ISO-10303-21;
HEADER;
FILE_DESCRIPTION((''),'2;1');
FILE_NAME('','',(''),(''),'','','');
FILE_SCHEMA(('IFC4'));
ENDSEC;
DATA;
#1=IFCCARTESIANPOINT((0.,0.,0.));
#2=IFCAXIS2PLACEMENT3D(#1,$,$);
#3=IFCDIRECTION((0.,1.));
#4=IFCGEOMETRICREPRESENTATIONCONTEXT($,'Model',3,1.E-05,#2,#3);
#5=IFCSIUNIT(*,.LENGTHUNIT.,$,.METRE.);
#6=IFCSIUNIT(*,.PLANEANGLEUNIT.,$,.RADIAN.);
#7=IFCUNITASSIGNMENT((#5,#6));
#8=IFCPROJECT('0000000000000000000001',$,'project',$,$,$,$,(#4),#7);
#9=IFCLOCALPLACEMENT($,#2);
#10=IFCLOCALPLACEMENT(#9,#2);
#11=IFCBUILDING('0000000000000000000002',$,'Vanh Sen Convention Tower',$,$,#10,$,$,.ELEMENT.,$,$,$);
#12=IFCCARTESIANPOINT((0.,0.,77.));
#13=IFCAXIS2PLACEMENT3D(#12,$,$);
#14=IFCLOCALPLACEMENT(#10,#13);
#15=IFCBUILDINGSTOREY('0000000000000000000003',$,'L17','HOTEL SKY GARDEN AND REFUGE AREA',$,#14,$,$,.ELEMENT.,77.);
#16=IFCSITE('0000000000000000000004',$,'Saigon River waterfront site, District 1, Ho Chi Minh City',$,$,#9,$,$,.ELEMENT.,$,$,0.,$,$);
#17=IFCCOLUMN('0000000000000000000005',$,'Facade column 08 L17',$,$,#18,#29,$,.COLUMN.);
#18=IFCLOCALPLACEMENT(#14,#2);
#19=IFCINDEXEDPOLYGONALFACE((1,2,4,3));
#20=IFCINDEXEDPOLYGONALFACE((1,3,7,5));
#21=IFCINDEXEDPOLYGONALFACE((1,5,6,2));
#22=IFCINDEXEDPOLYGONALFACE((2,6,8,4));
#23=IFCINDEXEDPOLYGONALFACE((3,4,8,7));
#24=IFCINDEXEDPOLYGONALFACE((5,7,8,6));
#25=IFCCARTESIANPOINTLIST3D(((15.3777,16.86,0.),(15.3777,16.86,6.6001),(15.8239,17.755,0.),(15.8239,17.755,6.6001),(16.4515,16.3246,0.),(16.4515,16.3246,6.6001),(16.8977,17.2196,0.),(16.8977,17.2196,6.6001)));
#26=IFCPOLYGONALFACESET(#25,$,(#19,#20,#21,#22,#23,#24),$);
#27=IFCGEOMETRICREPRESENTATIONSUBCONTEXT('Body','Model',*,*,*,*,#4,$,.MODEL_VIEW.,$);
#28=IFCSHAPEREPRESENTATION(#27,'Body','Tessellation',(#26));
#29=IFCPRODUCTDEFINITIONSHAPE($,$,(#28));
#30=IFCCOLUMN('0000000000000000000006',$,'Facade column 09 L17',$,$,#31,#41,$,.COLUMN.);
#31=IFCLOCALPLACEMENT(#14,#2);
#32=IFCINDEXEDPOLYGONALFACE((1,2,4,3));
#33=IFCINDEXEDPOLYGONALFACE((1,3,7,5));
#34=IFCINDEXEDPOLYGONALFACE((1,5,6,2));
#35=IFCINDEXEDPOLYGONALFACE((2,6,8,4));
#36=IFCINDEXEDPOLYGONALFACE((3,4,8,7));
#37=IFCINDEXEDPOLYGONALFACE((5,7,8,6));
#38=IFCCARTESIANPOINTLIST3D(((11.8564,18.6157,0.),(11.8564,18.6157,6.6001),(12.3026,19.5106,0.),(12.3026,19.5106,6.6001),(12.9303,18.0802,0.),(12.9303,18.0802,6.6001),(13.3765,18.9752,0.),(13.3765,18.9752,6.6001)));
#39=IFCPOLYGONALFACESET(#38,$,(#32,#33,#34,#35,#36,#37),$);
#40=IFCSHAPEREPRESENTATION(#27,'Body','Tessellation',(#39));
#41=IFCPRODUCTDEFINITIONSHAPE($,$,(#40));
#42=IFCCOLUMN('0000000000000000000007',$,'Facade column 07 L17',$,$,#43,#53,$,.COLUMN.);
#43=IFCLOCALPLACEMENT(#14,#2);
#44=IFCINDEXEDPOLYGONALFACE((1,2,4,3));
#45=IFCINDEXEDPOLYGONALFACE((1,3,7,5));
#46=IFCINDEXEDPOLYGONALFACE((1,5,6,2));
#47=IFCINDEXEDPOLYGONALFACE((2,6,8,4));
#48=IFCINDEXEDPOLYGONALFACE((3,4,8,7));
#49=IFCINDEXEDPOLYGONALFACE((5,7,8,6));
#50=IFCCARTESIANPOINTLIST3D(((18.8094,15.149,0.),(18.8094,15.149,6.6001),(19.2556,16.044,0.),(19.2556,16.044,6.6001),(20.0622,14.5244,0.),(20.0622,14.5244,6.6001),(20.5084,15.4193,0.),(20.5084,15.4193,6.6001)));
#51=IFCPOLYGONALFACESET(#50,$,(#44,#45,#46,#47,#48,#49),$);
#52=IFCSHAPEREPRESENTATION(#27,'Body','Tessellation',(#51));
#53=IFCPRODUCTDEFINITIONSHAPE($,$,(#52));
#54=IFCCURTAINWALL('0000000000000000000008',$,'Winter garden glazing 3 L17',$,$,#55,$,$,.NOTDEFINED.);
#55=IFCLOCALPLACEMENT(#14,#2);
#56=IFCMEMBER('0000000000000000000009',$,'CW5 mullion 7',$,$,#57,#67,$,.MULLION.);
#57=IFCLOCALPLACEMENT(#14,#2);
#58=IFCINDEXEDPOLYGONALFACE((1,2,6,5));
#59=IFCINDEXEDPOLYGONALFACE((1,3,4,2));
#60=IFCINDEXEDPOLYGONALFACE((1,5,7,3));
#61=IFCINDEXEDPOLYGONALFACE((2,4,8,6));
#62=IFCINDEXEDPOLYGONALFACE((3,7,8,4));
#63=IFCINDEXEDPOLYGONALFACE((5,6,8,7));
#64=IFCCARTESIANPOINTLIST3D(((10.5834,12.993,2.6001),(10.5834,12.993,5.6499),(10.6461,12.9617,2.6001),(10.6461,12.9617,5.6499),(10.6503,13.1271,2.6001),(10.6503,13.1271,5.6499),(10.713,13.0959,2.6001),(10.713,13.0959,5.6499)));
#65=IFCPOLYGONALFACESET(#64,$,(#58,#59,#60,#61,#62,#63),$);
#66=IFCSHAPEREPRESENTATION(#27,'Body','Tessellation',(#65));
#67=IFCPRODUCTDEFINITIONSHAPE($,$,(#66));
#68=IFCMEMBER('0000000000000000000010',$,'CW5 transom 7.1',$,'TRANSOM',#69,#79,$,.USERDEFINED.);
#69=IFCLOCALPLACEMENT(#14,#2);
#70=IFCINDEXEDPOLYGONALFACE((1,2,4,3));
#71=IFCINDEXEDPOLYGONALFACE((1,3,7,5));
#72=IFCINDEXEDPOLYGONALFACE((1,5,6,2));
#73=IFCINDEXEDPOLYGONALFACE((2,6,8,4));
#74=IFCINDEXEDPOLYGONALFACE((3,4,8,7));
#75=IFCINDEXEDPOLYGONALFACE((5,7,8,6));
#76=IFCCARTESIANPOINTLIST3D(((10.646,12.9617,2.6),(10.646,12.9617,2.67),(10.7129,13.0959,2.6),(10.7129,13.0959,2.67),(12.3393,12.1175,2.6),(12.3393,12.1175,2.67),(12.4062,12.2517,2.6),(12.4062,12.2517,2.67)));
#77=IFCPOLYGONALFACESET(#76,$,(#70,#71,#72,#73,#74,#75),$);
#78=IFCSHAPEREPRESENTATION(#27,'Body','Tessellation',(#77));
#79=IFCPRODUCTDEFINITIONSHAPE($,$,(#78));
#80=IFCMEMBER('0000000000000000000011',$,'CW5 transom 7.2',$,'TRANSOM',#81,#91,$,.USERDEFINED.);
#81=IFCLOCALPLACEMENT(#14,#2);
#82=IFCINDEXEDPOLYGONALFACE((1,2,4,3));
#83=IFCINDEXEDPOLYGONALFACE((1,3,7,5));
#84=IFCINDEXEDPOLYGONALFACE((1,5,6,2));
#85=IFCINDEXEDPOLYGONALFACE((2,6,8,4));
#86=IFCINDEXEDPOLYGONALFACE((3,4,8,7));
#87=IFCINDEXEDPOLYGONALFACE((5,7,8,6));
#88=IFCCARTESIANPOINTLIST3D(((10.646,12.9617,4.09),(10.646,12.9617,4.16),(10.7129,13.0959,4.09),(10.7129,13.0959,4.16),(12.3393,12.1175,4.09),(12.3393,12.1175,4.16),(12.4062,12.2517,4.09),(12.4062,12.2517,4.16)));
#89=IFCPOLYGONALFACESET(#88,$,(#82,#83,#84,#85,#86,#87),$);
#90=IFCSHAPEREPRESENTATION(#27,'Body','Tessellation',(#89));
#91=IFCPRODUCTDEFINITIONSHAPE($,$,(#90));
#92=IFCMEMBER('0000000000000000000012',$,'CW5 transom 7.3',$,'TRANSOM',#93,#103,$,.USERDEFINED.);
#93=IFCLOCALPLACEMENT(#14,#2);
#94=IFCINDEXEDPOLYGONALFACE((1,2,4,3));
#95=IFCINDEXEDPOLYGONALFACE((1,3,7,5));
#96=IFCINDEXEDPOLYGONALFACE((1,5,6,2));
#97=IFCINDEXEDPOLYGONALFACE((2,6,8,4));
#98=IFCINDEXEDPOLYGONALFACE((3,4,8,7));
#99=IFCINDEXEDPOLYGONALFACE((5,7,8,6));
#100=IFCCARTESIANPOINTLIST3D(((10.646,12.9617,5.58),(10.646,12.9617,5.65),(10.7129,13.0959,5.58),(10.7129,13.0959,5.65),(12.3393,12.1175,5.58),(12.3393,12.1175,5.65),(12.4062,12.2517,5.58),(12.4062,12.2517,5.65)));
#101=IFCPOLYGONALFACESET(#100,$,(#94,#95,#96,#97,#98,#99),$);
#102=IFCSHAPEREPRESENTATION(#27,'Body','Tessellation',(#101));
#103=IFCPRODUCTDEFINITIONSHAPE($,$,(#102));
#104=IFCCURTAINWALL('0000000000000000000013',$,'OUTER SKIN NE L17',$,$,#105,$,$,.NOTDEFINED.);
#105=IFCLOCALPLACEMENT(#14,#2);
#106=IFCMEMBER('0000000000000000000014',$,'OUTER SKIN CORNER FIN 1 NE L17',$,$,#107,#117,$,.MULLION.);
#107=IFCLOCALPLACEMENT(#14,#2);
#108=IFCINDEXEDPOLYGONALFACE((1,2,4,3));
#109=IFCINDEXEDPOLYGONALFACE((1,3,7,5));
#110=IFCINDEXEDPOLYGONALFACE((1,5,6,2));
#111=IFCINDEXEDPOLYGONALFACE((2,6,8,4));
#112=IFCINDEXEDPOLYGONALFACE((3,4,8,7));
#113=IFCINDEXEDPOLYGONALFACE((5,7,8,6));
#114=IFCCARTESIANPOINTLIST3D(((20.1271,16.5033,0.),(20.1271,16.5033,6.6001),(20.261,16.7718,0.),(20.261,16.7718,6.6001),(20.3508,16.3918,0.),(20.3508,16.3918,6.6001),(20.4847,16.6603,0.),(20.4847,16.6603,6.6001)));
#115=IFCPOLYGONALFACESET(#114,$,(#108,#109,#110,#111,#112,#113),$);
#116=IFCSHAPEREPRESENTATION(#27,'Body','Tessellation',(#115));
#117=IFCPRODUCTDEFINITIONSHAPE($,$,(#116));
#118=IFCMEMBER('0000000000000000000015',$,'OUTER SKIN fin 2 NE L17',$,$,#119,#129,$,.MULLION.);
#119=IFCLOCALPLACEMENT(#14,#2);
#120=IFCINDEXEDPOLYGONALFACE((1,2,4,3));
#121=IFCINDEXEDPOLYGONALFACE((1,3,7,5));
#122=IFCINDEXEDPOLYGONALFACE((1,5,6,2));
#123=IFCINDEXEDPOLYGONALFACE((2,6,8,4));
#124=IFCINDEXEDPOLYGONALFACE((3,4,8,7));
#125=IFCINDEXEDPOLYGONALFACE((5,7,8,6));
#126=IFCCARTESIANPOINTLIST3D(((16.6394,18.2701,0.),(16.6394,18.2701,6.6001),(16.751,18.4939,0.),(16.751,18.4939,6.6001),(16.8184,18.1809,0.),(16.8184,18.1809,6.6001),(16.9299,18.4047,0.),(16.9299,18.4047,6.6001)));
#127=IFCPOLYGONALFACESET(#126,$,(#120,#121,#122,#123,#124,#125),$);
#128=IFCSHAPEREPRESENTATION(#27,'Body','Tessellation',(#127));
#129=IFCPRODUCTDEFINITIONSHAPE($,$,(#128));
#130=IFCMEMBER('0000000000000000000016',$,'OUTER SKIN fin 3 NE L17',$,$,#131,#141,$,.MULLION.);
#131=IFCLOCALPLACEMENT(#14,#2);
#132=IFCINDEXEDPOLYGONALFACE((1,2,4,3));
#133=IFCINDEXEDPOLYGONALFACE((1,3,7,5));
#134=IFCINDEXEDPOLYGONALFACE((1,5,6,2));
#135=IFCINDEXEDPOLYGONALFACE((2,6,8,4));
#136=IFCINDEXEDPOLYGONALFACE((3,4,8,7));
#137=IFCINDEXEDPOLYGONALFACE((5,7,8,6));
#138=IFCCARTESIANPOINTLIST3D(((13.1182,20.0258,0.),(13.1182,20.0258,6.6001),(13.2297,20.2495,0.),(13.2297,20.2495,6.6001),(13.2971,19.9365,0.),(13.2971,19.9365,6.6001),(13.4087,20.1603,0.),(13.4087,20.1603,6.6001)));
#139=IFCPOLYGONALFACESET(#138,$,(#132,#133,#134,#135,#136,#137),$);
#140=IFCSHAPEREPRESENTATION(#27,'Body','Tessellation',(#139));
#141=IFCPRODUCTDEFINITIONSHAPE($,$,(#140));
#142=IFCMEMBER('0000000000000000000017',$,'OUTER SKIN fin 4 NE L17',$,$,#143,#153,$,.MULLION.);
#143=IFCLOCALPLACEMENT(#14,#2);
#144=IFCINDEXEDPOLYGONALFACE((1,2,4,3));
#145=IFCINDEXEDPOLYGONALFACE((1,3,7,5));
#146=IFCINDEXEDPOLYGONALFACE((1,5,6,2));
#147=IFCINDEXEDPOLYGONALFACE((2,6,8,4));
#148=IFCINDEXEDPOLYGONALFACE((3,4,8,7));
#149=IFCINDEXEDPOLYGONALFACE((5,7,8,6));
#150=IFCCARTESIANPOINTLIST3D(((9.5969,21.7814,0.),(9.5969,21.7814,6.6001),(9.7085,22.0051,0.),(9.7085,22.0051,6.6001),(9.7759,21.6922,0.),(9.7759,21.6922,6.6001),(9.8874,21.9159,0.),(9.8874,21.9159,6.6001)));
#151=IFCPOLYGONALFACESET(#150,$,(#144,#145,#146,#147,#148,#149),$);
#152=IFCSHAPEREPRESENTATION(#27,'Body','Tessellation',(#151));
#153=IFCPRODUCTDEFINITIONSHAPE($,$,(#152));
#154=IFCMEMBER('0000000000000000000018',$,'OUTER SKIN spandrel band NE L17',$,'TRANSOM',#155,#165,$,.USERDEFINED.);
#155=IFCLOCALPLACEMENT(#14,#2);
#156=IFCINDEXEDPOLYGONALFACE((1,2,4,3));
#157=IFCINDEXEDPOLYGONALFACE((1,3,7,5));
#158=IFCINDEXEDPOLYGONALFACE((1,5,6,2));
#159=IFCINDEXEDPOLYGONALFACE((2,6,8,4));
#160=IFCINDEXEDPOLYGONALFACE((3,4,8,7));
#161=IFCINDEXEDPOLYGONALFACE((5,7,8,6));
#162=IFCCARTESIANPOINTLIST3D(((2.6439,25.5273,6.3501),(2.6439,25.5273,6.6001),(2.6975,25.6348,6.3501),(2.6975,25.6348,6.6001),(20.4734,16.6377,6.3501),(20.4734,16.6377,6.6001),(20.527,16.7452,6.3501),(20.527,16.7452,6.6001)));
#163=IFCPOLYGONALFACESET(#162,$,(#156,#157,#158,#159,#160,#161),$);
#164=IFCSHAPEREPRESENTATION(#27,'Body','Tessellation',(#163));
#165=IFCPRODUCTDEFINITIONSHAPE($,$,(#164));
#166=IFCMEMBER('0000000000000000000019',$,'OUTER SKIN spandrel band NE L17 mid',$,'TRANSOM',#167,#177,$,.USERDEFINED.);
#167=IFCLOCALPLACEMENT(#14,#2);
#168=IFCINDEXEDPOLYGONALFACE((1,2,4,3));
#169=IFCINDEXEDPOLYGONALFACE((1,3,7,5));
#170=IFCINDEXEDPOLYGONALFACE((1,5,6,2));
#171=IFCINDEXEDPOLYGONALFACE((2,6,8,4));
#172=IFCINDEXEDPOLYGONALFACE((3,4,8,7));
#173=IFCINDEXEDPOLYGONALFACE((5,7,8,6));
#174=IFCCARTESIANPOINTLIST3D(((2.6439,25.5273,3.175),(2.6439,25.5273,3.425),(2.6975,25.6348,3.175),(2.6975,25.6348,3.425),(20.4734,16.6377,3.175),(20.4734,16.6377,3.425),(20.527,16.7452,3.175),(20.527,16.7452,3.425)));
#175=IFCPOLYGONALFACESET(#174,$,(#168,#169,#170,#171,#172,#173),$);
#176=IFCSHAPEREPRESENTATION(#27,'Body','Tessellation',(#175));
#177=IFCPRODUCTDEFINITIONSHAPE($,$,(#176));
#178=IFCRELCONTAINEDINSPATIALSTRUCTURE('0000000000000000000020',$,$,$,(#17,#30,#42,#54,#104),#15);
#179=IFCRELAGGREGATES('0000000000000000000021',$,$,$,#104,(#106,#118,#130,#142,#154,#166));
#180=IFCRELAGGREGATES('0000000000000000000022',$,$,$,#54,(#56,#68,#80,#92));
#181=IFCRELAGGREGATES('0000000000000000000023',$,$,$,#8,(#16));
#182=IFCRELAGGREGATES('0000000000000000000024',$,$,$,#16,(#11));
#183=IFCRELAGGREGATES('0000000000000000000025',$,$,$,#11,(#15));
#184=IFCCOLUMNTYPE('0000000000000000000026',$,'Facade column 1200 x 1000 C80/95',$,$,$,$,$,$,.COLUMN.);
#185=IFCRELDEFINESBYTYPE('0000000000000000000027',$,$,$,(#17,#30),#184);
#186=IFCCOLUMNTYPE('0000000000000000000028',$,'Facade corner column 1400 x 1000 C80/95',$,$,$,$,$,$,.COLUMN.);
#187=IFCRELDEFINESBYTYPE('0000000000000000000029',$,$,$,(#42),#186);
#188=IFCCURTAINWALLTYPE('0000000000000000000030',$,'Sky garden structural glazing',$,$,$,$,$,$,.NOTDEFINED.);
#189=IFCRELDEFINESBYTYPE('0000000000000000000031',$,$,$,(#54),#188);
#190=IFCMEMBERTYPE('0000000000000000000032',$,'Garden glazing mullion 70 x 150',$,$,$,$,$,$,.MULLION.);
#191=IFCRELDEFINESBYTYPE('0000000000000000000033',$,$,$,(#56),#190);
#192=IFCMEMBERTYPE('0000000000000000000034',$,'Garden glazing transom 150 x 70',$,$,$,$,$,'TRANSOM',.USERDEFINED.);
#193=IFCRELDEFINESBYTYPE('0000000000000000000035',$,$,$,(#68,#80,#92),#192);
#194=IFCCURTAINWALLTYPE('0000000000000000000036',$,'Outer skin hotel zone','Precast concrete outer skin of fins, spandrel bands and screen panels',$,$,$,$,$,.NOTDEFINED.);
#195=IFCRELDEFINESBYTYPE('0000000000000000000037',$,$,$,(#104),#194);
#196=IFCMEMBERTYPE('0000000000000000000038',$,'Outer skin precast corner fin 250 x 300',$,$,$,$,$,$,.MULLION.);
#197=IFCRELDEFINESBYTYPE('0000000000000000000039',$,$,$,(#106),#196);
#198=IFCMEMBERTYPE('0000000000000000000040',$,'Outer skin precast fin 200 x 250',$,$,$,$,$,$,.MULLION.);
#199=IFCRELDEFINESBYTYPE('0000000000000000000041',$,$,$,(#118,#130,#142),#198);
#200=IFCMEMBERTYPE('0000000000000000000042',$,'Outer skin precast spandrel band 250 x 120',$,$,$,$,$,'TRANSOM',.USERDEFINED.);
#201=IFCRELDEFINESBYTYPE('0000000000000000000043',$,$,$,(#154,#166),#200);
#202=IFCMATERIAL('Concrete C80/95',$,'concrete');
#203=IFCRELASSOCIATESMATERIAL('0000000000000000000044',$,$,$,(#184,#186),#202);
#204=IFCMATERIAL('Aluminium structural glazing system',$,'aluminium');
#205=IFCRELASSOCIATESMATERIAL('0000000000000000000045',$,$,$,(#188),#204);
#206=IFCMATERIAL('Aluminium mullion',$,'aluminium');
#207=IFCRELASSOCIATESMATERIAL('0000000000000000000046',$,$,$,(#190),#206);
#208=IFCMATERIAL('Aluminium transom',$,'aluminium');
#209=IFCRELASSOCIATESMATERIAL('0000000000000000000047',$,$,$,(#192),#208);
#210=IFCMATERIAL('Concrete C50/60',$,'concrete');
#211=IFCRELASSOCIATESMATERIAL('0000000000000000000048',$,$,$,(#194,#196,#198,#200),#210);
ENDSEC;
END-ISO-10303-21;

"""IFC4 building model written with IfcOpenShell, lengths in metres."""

from ifc_helpers import new_model, si_unit, direction, frame, origin, origin_2d, place, context, subcontext, project, spatial, rectangle, extrude, material, material_profile, profile_set, type_object, element, aggregate, save


model = new_model("IFC4")

# Units and contexts
model_context = context("Model", 3, precision=1e-05, world=origin(), true_north=direction((0.0, 1.0)))
body_context = subcontext(model_context, "Body", "Model", "MODEL_VIEW")
ifc_project = project(units=[si_unit("LENGTHUNIT", "METRE"), si_unit("PLANEANGLEUNIT", "RADIAN")], contexts=[model_context])

# Site, building, storey
site_placement = place(None, origin())
site = spatial("IfcSite", under=ifc_project, at=site_placement, Name="Saigon River waterfront site, District 1, Ho Chi Minh City", CompositionType="ELEMENT", RefElevation=0.0)
building_placement = place(site_placement, origin())
building = spatial("IfcBuilding", under=site, at=building_placement, Name="Vanh Sen Convention Tower", CompositionType="ELEMENT")
storey_placement = place(building_placement, frame((0.0, 0.0, 77.0)))
storey = spatial("IfcBuildingStorey", under=building, at=storey_placement, Name="L17", Description="HOTEL SKY GARDEN AND REFUGE AREA", CompositionType="ELEMENT", Elevation=77.0)

# Columns
ifc_material_1 = material(Name="Concrete C80/95", Category="concrete")
ifc_material_profile_1 = material_profile(ifc_material_1, rectangle(XDim=1.2, YDim=1.0, at=origin_2d()), Name="RC 1200X1000")
ifc_profile_set_1 = profile_set([ifc_material_profile_1], Name="Concrete C80/95")
column_type_1 = type_object("IfcColumnType", Name="Facade column 1200 x 1000 C80/95", PredefinedType="COLUMN", material=ifc_profile_set_1)
for number, where, z_axis, x_axis, name in (
    (1, (16.1377, 17.0398, 0.0), (0.0, 0.0, 1.0), (-0.894934, 0.446198, 0.0), "Facade column 08 L17"),
    (2, (12.6165, 18.7954, 0.0), (0.0, 0.0, 1.0), (-0.894934, 0.446198, 0.0), "Facade column 09 L17"),
):
    element("IfcColumn", number, at=place(storey_placement, frame(where, z_axis=z_axis, x_axis=x_axis)), inside=storey, type_object=column_type_1, Name=name, PredefinedType="COLUMN", context=body_context, shape_type="SweptSolid", body=[
        extrude(rectangle(XDim=1.2, YDim=1.0, at=origin_2d()), origin(), (0.0, 0.0, 1.0), 6.6001),
    ])
ifc_material_profile_2 = material_profile(ifc_material_1, rectangle(XDim=1.3999, YDim=1.0, at=origin_2d()), Name="RC 1400X1000")
ifc_profile_set_2 = profile_set([ifc_material_profile_2], Name="Concrete C80/95")
column_type_2 = type_object("IfcColumnType", Name="Facade corner column 1400 x 1000 C80/95", PredefinedType="COLUMN", material=ifc_profile_set_2)
column_placement = place(storey_placement, frame((19.6589, 15.2842, 0.0), z_axis=(0.0, 0.0, 1.0), x_axis=(-0.894934, 0.446198, 0.0)))
element("IfcColumn", 3, at=column_placement, inside=storey, type_object=column_type_2, Name="Facade column 07 L17", PredefinedType="COLUMN", context=body_context, shape_type="SweptSolid", body=[
    extrude(rectangle(XDim=1.3999, YDim=1.0, at=origin_2d()), origin(), (0.0, 0.0, 1.0), 6.6001),
])

# Curtain walls, members
ifc_material_2 = material(Name="Aluminium structural glazing system", Category="aluminium")
curtain_wall_type_1 = type_object("IfcCurtainWallType", Name="Sky garden structural glazing", PredefinedType="NOTDEFINED", material=ifc_material_2)
curtain_wall_1_placement = place(storey_placement, origin())
curtain_wall_1 = element("IfcCurtainWall", 4, at=curtain_wall_1_placement, inside=storey, type_object=curtain_wall_type_1, Name="Winter garden glazing 3 L17", PredefinedType="NOTDEFINED")
ifc_material_3 = material(Name="Aluminium mullion", Category="aluminium")
ifc_material_profile_3 = material_profile(ifc_material_3, rectangle(XDim=0.1499, YDim=0.0701, at=origin_2d()), Name="Garden glazing mullion 70 x 150")
ifc_profile_set_3 = profile_set([ifc_material_profile_3], Name="Aluminium mullion")
member_type_1 = type_object("IfcMemberType", Name="Garden glazing mullion 70 x 150", PredefinedType="MULLION", material=ifc_profile_set_3)
member_1_placement = place(storey_placement, frame((10.6482, 13.0444, 2.6001), z_axis=(0.0, 0.0, 1.0), x_axis=(0.446203, 0.894932, 0.0)))
member_1 = element("IfcMember", 5, at=member_1_placement, type_object=member_type_1, Name="CW5 mullion 7", PredefinedType="MULLION", context=body_context, shape_type="SweptSolid", body=[
    extrude(rectangle(XDim=0.1499, YDim=0.0701, at=origin_2d()), origin(), (0.0, 0.0, 1.0), 3.0498),
])
ifc_material_4 = material(Name="Aluminium transom", Category="aluminium")
ifc_material_profile_4 = material_profile(ifc_material_4, rectangle(XDim=0.1499, YDim=0.0701, at=origin_2d()), Name="Garden glazing transom 150 x 70")
ifc_profile_set_4 = profile_set([ifc_material_profile_4], Name="Aluminium transom")
member_type_2 = type_object("IfcMemberType", Name="Garden glazing transom 150 x 70", ElementType="TRANSOM", PredefinedType="USERDEFINED", material=ifc_profile_set_4)
member_2_placement = place(storey_placement, frame((10.6794, 13.0288, 2.635), z_axis=(0.894943, -0.446181, 0.0), x_axis=(0.446181, 0.894943, 0.0)))
member_2 = element("IfcMember", 6, at=member_2_placement, type_object=member_type_2, Name="CW5 transom 7.1", ObjectType="TRANSOM", PredefinedType="USERDEFINED", context=body_context, shape_type="SweptSolid", body=[
    extrude(rectangle(XDim=0.1499, YDim=0.0701, at=origin_2d()), origin(), (0.0, 0.0, 1.0), 1.8921),
])
member_3_placement = place(storey_placement, frame((10.6794, 13.0288, 4.125), z_axis=(0.894943, -0.446181, 0.0), x_axis=(0.446181, 0.894943, 0.0)))
member_3 = element("IfcMember", 7, at=member_3_placement, type_object=member_type_2, Name="CW5 transom 7.2", ObjectType="TRANSOM", PredefinedType="USERDEFINED", context=body_context, shape_type="SweptSolid", body=[
    extrude(rectangle(XDim=0.1499, YDim=0.0701, at=origin_2d()), origin(), (0.0, 0.0, 1.0), 1.8921),
])
member_4_placement = place(storey_placement, frame((10.6794, 13.0288, 5.615), z_axis=(0.894943, -0.446181, 0.0), x_axis=(0.446181, 0.894943, 0.0)))
member_4 = element("IfcMember", 8, at=member_4_placement, type_object=member_type_2, Name="CW5 transom 7.3", ObjectType="TRANSOM", PredefinedType="USERDEFINED", context=body_context, shape_type="SweptSolid", body=[
    extrude(rectangle(XDim=0.1499, YDim=0.0701, at=origin_2d()), origin(), (0.0, 0.0, 1.0), 1.8921),
])
ifc_material_5 = material(Name="Concrete C50/60", Category="concrete")
curtain_wall_type_2 = type_object("IfcCurtainWallType", Name="Outer skin hotel zone", Description="Precast concrete outer skin of fins, spandrel bands and screen panels", PredefinedType="NOTDEFINED", material=ifc_material_5)
curtain_wall_2_placement = place(storey_placement, origin())
curtain_wall_2 = element("IfcCurtainWall", 9, at=curtain_wall_2_placement, inside=storey, type_object=curtain_wall_type_2, Name="OUTER SKIN NE L17", PredefinedType="NOTDEFINED")
ifc_material_profile_5 = material_profile(ifc_material_5, rectangle(XDim=0.25, YDim=0.3, at=origin_2d()), Name="Outer skin precast corner fin 250 x 300")
ifc_profile_set_5 = profile_set([ifc_material_profile_5], Name="Concrete C50/60")
member_type_3 = type_object("IfcMemberType", Name="Outer skin precast corner fin 250 x 300", PredefinedType="MULLION", material=ifc_profile_set_5)
member_5_placement = place(storey_placement, frame((20.3059, 16.5818, 0.0), z_axis=(0.0, 0.0, 1.0), x_axis=(-0.894934, 0.446198, 0.0)))
member_5 = element("IfcMember", 10, at=member_5_placement, type_object=member_type_3, Name="OUTER SKIN CORNER FIN 1 NE L17", PredefinedType="MULLION", context=body_context, shape_type="SweptSolid", body=[
    extrude(rectangle(XDim=0.25, YDim=0.3, at=origin_2d()), origin(), (0.0, 0.0, 1.0), 6.6001),
])
ifc_material_profile_6 = material_profile(ifc_material_5, rectangle(XDim=0.2, YDim=0.25, at=origin_2d()), Name="Outer skin precast fin 200 x 250")
ifc_profile_set_6 = profile_set([ifc_material_profile_6], Name="Concrete C50/60")
member_type_4 = type_object("IfcMemberType", Name="Outer skin precast fin 200 x 250", PredefinedType="MULLION", material=ifc_profile_set_6)
member_6_placement = place(storey_placement, frame((16.7847, 18.3374, 0.0), z_axis=(0.0, 0.0, 1.0), x_axis=(-0.894934, 0.446198, 0.0)))
member_6 = element("IfcMember", 11, at=member_6_placement, type_object=member_type_4, Name="OUTER SKIN fin 2 NE L17", PredefinedType="MULLION", context=body_context, shape_type="SweptSolid", body=[
    extrude(rectangle(XDim=0.2, YDim=0.25, at=origin_2d()), origin(), (0.0, 0.0, 1.0), 6.6001),
])
member_7_placement = place(storey_placement, frame((13.2634, 20.093, 0.0), z_axis=(0.0, 0.0, 1.0), x_axis=(-0.894934, 0.446198, 0.0)))
member_7 = element("IfcMember", 12, at=member_7_placement, type_object=member_type_4, Name="OUTER SKIN fin 3 NE L17", PredefinedType="MULLION", context=body_context, shape_type="SweptSolid", body=[
    extrude(rectangle(XDim=0.2, YDim=0.25, at=origin_2d()), origin(), (0.0, 0.0, 1.0), 6.6001),
])
member_8_placement = place(storey_placement, frame((9.7422, 21.8486, 0.0), z_axis=(0.0, 0.0, 1.0), x_axis=(-0.894934, 0.446198, 0.0)))
member_8 = element("IfcMember", 13, at=member_8_placement, type_object=member_type_4, Name="OUTER SKIN fin 4 NE L17", PredefinedType="MULLION", context=body_context, shape_type="SweptSolid", body=[
    extrude(rectangle(XDim=0.2, YDim=0.25, at=origin_2d()), origin(), (0.0, 0.0, 1.0), 6.6001),
])
ifc_material_profile_7 = material_profile(ifc_material_5, rectangle(XDim=0.1201, YDim=0.25, at=origin_2d()), Name="Outer skin precast spandrel band 250 x 120")
ifc_profile_set_7 = profile_set([ifc_material_profile_7], Name="Concrete C50/60")
member_type_5 = type_object("IfcMemberType", Name="Outer skin precast spandrel band 250 x 120", ElementType="TRANSOM", PredefinedType="USERDEFINED", material=ifc_profile_set_7)
member_9_placement = place(storey_placement, frame((20.5002, 16.6914, 6.4751), z_axis=(-0.894931, 0.446204, 0.0), x_axis=(-0.446204, -0.894931, 0.0)))
member_9 = element("IfcMember", 14, at=member_9_placement, type_object=member_type_5, Name="OUTER SKIN spandrel band NE L17", ObjectType="TRANSOM", PredefinedType="USERDEFINED", context=body_context, shape_type="SweptSolid", body=[
    extrude(rectangle(XDim=0.1201, YDim=0.25, at=origin_2d()), origin(), (0.0, 0.0, 1.0), 19.9229),
])
member_10_placement = place(storey_placement, frame((20.5002, 16.6914, 3.3), z_axis=(-0.894931, 0.446204, 0.0), x_axis=(-0.446204, -0.894931, 0.0)))
member_10 = element("IfcMember", 15, at=member_10_placement, type_object=member_type_5, Name="OUTER SKIN spandrel band NE L17 mid", ObjectType="TRANSOM", PredefinedType="USERDEFINED", context=body_context, shape_type="SweptSolid", body=[
    extrude(rectangle(XDim=0.1201, YDim=0.25, at=origin_2d()), origin(), (0.0, 0.0, 1.0), 19.9229),
])
aggregate(curtain_wall_2, [member_5, member_6, member_7, member_8, member_9, member_10])

aggregate(curtain_wall_1, [member_1, member_2, member_3, member_4])

save(model, "model.ifc")
